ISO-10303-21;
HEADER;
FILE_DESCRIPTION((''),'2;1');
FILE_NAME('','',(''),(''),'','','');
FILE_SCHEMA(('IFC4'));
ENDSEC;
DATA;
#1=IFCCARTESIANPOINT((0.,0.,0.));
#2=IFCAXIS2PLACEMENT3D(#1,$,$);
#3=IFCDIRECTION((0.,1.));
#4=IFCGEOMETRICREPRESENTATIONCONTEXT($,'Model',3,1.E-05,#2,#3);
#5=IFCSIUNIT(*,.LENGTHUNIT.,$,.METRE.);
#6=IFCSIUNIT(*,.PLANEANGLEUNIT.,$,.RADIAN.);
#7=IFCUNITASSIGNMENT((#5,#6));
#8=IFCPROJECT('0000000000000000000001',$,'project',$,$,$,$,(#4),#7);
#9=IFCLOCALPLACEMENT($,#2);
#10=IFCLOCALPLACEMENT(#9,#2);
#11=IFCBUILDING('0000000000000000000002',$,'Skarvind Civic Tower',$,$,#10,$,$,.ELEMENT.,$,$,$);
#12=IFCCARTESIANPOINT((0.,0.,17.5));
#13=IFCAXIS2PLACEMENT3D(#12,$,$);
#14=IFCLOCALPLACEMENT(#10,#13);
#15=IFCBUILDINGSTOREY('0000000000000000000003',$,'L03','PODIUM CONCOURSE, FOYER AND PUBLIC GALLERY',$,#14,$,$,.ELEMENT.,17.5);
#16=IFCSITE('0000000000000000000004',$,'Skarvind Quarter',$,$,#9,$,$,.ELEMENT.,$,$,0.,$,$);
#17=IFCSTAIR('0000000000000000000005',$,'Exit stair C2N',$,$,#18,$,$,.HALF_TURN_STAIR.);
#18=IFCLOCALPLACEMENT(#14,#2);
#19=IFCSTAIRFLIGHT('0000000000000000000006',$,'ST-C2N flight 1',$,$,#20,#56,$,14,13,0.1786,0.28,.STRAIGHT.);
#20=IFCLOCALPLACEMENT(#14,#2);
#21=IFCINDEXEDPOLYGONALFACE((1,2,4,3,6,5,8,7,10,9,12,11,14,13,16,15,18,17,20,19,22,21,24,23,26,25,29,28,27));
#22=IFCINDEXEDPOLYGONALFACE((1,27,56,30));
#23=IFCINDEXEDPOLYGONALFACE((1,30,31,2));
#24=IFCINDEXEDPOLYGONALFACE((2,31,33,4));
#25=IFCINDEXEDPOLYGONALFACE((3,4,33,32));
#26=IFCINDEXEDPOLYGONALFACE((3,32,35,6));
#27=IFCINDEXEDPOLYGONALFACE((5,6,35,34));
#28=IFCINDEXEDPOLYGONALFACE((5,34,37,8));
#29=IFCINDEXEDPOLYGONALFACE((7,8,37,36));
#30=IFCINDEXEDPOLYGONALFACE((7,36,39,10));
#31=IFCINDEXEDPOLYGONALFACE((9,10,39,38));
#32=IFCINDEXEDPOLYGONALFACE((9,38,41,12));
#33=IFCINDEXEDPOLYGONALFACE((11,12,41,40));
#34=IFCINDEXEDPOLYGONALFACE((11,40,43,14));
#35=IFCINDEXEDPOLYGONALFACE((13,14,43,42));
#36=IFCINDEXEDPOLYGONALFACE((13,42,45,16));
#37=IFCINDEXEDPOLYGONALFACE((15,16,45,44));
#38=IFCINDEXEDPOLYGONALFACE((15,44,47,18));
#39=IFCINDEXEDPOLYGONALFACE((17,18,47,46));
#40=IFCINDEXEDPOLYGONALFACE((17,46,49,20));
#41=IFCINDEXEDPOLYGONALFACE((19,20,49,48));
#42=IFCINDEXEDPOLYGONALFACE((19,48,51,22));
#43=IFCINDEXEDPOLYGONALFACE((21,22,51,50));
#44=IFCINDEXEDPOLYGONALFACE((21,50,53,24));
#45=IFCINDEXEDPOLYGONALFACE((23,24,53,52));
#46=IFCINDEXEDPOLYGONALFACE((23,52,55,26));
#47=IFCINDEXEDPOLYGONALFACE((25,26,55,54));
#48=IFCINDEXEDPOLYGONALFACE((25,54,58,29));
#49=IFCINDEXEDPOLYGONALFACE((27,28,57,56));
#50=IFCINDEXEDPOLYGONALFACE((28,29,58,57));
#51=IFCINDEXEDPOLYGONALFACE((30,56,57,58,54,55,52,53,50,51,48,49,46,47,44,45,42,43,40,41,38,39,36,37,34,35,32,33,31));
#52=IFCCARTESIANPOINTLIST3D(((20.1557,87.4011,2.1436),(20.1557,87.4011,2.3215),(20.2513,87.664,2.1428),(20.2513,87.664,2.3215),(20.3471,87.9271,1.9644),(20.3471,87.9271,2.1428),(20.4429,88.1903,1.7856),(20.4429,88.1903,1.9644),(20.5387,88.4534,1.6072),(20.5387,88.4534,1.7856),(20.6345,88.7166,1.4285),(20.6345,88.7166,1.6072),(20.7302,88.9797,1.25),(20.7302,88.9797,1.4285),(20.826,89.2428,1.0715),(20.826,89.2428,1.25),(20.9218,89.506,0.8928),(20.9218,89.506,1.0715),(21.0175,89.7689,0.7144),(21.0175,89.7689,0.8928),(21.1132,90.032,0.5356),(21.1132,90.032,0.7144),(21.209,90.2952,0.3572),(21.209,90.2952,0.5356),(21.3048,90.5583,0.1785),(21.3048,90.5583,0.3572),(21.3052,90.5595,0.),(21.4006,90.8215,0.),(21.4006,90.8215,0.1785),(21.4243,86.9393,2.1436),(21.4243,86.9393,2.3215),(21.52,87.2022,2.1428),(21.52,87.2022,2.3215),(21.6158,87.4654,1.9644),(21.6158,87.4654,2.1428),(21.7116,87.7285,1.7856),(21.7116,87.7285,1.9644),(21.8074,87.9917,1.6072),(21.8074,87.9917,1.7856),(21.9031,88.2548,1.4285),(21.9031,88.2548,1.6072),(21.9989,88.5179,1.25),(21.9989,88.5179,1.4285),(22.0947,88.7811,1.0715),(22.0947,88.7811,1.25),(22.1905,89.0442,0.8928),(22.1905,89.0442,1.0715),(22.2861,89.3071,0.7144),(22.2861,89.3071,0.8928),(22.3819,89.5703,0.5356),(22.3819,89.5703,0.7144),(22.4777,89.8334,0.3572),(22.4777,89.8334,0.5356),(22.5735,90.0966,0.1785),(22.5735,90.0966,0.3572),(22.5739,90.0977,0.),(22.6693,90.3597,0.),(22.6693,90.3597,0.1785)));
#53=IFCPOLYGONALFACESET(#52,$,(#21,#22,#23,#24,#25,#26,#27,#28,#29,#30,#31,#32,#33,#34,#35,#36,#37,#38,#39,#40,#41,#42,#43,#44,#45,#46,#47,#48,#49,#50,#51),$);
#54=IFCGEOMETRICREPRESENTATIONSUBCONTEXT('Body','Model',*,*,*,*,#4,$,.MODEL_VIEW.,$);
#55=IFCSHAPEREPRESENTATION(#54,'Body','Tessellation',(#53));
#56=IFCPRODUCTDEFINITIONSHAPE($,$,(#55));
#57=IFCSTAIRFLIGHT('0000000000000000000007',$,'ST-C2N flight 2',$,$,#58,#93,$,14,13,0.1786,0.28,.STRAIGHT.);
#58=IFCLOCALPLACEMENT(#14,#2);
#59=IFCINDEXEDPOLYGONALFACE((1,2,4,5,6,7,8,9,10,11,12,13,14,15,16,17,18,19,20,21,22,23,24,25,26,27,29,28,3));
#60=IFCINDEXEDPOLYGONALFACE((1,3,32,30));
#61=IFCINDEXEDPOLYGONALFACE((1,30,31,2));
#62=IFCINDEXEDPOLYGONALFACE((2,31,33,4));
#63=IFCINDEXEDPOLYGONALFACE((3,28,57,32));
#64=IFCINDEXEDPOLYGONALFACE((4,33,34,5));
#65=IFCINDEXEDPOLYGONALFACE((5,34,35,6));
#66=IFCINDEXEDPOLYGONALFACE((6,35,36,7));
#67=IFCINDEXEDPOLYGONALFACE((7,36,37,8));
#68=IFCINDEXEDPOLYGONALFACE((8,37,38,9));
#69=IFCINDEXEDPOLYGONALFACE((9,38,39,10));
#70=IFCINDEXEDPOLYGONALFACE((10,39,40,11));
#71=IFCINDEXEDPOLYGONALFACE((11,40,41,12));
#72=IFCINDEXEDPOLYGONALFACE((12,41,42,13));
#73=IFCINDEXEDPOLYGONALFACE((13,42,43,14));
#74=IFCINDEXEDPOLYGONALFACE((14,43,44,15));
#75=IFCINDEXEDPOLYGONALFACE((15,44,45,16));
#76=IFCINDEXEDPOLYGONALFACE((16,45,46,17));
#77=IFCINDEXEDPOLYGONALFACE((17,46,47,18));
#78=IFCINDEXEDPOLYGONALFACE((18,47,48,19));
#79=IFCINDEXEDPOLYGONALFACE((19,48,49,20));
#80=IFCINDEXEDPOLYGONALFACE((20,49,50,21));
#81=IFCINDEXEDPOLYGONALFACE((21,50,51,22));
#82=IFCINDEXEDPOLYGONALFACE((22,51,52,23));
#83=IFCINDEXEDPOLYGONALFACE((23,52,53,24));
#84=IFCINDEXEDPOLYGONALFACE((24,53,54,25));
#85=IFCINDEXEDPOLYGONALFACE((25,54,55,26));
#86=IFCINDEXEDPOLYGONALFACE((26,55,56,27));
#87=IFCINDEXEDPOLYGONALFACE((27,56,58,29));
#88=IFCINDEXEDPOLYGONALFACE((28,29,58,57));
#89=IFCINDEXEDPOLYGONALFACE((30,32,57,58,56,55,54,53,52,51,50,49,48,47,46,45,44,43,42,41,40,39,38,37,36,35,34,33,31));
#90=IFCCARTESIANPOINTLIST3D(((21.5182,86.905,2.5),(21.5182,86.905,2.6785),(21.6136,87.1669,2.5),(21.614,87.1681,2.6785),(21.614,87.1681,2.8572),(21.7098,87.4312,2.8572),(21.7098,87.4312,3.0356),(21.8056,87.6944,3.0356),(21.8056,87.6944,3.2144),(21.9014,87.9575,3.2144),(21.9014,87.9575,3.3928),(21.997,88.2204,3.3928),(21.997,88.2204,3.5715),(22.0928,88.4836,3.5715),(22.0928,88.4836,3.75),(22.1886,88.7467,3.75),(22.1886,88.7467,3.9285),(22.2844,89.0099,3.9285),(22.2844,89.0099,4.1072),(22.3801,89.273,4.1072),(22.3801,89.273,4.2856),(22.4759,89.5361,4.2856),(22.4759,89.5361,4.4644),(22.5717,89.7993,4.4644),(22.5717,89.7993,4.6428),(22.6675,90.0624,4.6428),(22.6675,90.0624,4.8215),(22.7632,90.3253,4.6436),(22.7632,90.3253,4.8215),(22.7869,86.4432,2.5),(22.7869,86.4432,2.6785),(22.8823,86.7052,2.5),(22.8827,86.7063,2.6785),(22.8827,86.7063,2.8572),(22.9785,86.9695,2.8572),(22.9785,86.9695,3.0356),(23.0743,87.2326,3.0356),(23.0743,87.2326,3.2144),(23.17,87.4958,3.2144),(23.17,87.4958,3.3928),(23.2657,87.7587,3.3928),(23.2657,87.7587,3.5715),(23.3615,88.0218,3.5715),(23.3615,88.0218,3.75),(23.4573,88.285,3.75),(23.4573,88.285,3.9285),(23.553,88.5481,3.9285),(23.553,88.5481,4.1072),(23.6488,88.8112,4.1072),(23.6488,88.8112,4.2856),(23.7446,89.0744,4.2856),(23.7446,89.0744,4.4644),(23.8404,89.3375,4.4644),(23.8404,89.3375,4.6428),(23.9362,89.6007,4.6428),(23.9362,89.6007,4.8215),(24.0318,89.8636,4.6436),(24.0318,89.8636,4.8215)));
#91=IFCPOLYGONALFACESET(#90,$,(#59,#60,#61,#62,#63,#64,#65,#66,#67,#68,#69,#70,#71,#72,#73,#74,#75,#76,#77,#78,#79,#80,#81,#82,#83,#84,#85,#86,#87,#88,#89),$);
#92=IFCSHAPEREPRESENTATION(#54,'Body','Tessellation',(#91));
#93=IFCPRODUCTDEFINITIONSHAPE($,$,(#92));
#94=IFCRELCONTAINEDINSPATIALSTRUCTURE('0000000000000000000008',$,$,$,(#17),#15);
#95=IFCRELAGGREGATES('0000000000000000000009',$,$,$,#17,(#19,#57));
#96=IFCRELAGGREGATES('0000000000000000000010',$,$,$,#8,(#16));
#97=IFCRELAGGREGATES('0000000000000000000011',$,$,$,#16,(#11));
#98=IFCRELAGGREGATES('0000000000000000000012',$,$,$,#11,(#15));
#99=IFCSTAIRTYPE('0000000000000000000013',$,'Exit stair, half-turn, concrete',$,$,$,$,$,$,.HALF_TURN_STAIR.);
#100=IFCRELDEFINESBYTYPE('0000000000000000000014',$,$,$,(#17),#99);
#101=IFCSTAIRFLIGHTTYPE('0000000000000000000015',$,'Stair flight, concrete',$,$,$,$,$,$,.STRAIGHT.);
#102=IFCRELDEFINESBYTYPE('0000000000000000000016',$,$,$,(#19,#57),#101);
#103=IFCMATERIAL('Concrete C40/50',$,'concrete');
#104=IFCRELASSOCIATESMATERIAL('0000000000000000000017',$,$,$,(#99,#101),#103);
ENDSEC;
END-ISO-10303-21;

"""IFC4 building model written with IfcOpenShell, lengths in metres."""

from ifc_helpers import new_model, si_unit, direction, frame, origin, place, context, subcontext, project, spatial, polyline, outline, extrude, material, type_object, element, aggregate, save


model = new_model("IFC4")

# Units and contexts
model_context = context("Model", 3, precision=1e-05, world=origin(), true_north=direction((0.0, 1.0)))
body_context = subcontext(model_context, "Body", "Model", "MODEL_VIEW")
ifc_project = project(units=[si_unit("LENGTHUNIT", "METRE"), si_unit("PLANEANGLEUNIT", "RADIAN")], contexts=[model_context])

# Site, building, storey
site_placement = place(None, origin())
site = spatial("IfcSite", under=ifc_project, at=site_placement, Name="Skarvind Quarter", CompositionType="ELEMENT", RefElevation=0.0)
building_placement = place(site_placement, origin())
building = spatial("IfcBuilding", under=site, at=building_placement, Name="Skarvind Civic Tower", CompositionType="ELEMENT")
storey_placement = place(building_placement, frame((0.0, 0.0, 17.5)))
storey = spatial("IfcBuildingStorey", under=building, at=storey_placement, Name="L03", Description="PODIUM CONCOURSE, FOYER AND PUBLIC GALLERY", CompositionType="ELEMENT", Elevation=17.5)

# Stair, stair flights
ifc_material_1 = material(Name="Concrete C40/50", Category="concrete")
stair_type = type_object("IfcStairType", Name="Exit stair, half-turn, concrete", PredefinedType="HALF_TURN_STAIR", material=ifc_material_1)
stair_placement = place(storey_placement, origin())
stair = element("IfcStair", 1, at=stair_placement, inside=storey, type_object=stair_type, Name="Exit stair C2N", PredefinedType="HALF_TURN_STAIR")
stair_flight_type = type_object("IfcStairFlightType", Name="Stair flight, concrete", PredefinedType="STRAIGHT", material=ifc_material_1)
stair_flight_1_placement = place(storey_placement, frame((22.0349, 90.5906, 0.0), z_axis=(0.0, 0.0, 1.0), x_axis=(-0.34202, -0.939693, 0.0)))
stair_flight_1 = element("IfcStairFlight", 2, at=stair_flight_1_placement, type_object=stair_flight_type, Name="ST-C2N flight 1", NumberOfRisers=14, NumberOfTreads=13, PredefinedType="STRAIGHT", RiserHeight=0.1786, TreadLength=0.28, context=body_context, shape_type="SweptSolid", body=[
    extrude(outline(polyline([(0.0, 0.0), (0.0, 0.1785), (0.28, 0.1785), (0.28, 0.3572), (0.5601, 0.3572), (0.5601, 0.5356), (0.8401, 0.5356), (0.8401, 0.7144), (1.1201, 0.7144), (1.1201, 0.8928), (1.3999, 0.8928), (1.3999, 1.0715), (1.6799, 1.0715), (1.6799, 1.25), (1.96, 1.25), (1.96, 1.4285), (2.24, 1.4285), (2.24, 1.6072), (2.52, 1.6072), (2.52, 1.7856), (2.8, 1.7856), (2.8, 1.9644), (3.0801, 1.9644), (3.0801, 2.1428), (3.3601, 2.1428), (3.3601, 2.3215), (3.6399, 2.3215), (3.6399, 2.5), (3.6399, 2.1436), (0.2788, 0.0), (0.0, 0.0)])), frame((0.0, 0.675, 0.0), z_axis=(0.0, -1.0, 0.0), x_axis=(1.0, 0.0, 0.0)), (0.0, 0.0, 1.0), 1.3501),
])
stair_flight_2_placement = place(storey_placement, frame((22.1526, 86.6741, 2.5), z_axis=(0.0, 0.0, 1.0), x_axis=(0.34202, 0.939693, 0.0)))
stair_flight_2 = element("IfcStairFlight", 3, at=stair_flight_2_placement, type_object=stair_flight_type, Name="ST-C2N flight 2", NumberOfRisers=14, NumberOfTreads=13, PredefinedType="STRAIGHT", RiserHeight=0.1786, TreadLength=0.28, context=body_context, shape_type="SweptSolid", body=[
    extrude(outline(polyline([(0.0, 0.0), (0.0, 0.1785), (0.28, 0.1785), (0.28, 0.3572), (0.5601, 0.3572), (0.5601, 0.5356), (0.8401, 0.5356), (0.8401, 0.7144), (1.1201, 0.7144), (1.1201, 0.8928), (1.3999, 0.8928), (1.3999, 1.0715), (1.6799, 1.0715), (1.6799, 1.25), (1.96, 1.25), (1.96, 1.4285), (2.24, 1.4285), (2.24, 1.6072), (2.52, 1.6072), (2.52, 1.7856), (2.8, 1.7856), (2.8, 1.9644), (3.0801, 1.9644), (3.0801, 2.1428), (3.3601, 2.1428), (3.3601, 2.3215), (3.6399, 2.3215), (3.6399, 2.5), (3.6399, 2.1436), (0.2788, 0.0), (0.0, 0.0)])), frame((0.0, 0.675, 0.0), z_axis=(0.0, -1.0, 0.0), x_axis=(1.0, 0.0, 0.0)), (0.0, 0.0, 1.0), 1.3501),
])
aggregate(stair, [stair_flight_1, stair_flight_2])

save(model, "model.ifc")
